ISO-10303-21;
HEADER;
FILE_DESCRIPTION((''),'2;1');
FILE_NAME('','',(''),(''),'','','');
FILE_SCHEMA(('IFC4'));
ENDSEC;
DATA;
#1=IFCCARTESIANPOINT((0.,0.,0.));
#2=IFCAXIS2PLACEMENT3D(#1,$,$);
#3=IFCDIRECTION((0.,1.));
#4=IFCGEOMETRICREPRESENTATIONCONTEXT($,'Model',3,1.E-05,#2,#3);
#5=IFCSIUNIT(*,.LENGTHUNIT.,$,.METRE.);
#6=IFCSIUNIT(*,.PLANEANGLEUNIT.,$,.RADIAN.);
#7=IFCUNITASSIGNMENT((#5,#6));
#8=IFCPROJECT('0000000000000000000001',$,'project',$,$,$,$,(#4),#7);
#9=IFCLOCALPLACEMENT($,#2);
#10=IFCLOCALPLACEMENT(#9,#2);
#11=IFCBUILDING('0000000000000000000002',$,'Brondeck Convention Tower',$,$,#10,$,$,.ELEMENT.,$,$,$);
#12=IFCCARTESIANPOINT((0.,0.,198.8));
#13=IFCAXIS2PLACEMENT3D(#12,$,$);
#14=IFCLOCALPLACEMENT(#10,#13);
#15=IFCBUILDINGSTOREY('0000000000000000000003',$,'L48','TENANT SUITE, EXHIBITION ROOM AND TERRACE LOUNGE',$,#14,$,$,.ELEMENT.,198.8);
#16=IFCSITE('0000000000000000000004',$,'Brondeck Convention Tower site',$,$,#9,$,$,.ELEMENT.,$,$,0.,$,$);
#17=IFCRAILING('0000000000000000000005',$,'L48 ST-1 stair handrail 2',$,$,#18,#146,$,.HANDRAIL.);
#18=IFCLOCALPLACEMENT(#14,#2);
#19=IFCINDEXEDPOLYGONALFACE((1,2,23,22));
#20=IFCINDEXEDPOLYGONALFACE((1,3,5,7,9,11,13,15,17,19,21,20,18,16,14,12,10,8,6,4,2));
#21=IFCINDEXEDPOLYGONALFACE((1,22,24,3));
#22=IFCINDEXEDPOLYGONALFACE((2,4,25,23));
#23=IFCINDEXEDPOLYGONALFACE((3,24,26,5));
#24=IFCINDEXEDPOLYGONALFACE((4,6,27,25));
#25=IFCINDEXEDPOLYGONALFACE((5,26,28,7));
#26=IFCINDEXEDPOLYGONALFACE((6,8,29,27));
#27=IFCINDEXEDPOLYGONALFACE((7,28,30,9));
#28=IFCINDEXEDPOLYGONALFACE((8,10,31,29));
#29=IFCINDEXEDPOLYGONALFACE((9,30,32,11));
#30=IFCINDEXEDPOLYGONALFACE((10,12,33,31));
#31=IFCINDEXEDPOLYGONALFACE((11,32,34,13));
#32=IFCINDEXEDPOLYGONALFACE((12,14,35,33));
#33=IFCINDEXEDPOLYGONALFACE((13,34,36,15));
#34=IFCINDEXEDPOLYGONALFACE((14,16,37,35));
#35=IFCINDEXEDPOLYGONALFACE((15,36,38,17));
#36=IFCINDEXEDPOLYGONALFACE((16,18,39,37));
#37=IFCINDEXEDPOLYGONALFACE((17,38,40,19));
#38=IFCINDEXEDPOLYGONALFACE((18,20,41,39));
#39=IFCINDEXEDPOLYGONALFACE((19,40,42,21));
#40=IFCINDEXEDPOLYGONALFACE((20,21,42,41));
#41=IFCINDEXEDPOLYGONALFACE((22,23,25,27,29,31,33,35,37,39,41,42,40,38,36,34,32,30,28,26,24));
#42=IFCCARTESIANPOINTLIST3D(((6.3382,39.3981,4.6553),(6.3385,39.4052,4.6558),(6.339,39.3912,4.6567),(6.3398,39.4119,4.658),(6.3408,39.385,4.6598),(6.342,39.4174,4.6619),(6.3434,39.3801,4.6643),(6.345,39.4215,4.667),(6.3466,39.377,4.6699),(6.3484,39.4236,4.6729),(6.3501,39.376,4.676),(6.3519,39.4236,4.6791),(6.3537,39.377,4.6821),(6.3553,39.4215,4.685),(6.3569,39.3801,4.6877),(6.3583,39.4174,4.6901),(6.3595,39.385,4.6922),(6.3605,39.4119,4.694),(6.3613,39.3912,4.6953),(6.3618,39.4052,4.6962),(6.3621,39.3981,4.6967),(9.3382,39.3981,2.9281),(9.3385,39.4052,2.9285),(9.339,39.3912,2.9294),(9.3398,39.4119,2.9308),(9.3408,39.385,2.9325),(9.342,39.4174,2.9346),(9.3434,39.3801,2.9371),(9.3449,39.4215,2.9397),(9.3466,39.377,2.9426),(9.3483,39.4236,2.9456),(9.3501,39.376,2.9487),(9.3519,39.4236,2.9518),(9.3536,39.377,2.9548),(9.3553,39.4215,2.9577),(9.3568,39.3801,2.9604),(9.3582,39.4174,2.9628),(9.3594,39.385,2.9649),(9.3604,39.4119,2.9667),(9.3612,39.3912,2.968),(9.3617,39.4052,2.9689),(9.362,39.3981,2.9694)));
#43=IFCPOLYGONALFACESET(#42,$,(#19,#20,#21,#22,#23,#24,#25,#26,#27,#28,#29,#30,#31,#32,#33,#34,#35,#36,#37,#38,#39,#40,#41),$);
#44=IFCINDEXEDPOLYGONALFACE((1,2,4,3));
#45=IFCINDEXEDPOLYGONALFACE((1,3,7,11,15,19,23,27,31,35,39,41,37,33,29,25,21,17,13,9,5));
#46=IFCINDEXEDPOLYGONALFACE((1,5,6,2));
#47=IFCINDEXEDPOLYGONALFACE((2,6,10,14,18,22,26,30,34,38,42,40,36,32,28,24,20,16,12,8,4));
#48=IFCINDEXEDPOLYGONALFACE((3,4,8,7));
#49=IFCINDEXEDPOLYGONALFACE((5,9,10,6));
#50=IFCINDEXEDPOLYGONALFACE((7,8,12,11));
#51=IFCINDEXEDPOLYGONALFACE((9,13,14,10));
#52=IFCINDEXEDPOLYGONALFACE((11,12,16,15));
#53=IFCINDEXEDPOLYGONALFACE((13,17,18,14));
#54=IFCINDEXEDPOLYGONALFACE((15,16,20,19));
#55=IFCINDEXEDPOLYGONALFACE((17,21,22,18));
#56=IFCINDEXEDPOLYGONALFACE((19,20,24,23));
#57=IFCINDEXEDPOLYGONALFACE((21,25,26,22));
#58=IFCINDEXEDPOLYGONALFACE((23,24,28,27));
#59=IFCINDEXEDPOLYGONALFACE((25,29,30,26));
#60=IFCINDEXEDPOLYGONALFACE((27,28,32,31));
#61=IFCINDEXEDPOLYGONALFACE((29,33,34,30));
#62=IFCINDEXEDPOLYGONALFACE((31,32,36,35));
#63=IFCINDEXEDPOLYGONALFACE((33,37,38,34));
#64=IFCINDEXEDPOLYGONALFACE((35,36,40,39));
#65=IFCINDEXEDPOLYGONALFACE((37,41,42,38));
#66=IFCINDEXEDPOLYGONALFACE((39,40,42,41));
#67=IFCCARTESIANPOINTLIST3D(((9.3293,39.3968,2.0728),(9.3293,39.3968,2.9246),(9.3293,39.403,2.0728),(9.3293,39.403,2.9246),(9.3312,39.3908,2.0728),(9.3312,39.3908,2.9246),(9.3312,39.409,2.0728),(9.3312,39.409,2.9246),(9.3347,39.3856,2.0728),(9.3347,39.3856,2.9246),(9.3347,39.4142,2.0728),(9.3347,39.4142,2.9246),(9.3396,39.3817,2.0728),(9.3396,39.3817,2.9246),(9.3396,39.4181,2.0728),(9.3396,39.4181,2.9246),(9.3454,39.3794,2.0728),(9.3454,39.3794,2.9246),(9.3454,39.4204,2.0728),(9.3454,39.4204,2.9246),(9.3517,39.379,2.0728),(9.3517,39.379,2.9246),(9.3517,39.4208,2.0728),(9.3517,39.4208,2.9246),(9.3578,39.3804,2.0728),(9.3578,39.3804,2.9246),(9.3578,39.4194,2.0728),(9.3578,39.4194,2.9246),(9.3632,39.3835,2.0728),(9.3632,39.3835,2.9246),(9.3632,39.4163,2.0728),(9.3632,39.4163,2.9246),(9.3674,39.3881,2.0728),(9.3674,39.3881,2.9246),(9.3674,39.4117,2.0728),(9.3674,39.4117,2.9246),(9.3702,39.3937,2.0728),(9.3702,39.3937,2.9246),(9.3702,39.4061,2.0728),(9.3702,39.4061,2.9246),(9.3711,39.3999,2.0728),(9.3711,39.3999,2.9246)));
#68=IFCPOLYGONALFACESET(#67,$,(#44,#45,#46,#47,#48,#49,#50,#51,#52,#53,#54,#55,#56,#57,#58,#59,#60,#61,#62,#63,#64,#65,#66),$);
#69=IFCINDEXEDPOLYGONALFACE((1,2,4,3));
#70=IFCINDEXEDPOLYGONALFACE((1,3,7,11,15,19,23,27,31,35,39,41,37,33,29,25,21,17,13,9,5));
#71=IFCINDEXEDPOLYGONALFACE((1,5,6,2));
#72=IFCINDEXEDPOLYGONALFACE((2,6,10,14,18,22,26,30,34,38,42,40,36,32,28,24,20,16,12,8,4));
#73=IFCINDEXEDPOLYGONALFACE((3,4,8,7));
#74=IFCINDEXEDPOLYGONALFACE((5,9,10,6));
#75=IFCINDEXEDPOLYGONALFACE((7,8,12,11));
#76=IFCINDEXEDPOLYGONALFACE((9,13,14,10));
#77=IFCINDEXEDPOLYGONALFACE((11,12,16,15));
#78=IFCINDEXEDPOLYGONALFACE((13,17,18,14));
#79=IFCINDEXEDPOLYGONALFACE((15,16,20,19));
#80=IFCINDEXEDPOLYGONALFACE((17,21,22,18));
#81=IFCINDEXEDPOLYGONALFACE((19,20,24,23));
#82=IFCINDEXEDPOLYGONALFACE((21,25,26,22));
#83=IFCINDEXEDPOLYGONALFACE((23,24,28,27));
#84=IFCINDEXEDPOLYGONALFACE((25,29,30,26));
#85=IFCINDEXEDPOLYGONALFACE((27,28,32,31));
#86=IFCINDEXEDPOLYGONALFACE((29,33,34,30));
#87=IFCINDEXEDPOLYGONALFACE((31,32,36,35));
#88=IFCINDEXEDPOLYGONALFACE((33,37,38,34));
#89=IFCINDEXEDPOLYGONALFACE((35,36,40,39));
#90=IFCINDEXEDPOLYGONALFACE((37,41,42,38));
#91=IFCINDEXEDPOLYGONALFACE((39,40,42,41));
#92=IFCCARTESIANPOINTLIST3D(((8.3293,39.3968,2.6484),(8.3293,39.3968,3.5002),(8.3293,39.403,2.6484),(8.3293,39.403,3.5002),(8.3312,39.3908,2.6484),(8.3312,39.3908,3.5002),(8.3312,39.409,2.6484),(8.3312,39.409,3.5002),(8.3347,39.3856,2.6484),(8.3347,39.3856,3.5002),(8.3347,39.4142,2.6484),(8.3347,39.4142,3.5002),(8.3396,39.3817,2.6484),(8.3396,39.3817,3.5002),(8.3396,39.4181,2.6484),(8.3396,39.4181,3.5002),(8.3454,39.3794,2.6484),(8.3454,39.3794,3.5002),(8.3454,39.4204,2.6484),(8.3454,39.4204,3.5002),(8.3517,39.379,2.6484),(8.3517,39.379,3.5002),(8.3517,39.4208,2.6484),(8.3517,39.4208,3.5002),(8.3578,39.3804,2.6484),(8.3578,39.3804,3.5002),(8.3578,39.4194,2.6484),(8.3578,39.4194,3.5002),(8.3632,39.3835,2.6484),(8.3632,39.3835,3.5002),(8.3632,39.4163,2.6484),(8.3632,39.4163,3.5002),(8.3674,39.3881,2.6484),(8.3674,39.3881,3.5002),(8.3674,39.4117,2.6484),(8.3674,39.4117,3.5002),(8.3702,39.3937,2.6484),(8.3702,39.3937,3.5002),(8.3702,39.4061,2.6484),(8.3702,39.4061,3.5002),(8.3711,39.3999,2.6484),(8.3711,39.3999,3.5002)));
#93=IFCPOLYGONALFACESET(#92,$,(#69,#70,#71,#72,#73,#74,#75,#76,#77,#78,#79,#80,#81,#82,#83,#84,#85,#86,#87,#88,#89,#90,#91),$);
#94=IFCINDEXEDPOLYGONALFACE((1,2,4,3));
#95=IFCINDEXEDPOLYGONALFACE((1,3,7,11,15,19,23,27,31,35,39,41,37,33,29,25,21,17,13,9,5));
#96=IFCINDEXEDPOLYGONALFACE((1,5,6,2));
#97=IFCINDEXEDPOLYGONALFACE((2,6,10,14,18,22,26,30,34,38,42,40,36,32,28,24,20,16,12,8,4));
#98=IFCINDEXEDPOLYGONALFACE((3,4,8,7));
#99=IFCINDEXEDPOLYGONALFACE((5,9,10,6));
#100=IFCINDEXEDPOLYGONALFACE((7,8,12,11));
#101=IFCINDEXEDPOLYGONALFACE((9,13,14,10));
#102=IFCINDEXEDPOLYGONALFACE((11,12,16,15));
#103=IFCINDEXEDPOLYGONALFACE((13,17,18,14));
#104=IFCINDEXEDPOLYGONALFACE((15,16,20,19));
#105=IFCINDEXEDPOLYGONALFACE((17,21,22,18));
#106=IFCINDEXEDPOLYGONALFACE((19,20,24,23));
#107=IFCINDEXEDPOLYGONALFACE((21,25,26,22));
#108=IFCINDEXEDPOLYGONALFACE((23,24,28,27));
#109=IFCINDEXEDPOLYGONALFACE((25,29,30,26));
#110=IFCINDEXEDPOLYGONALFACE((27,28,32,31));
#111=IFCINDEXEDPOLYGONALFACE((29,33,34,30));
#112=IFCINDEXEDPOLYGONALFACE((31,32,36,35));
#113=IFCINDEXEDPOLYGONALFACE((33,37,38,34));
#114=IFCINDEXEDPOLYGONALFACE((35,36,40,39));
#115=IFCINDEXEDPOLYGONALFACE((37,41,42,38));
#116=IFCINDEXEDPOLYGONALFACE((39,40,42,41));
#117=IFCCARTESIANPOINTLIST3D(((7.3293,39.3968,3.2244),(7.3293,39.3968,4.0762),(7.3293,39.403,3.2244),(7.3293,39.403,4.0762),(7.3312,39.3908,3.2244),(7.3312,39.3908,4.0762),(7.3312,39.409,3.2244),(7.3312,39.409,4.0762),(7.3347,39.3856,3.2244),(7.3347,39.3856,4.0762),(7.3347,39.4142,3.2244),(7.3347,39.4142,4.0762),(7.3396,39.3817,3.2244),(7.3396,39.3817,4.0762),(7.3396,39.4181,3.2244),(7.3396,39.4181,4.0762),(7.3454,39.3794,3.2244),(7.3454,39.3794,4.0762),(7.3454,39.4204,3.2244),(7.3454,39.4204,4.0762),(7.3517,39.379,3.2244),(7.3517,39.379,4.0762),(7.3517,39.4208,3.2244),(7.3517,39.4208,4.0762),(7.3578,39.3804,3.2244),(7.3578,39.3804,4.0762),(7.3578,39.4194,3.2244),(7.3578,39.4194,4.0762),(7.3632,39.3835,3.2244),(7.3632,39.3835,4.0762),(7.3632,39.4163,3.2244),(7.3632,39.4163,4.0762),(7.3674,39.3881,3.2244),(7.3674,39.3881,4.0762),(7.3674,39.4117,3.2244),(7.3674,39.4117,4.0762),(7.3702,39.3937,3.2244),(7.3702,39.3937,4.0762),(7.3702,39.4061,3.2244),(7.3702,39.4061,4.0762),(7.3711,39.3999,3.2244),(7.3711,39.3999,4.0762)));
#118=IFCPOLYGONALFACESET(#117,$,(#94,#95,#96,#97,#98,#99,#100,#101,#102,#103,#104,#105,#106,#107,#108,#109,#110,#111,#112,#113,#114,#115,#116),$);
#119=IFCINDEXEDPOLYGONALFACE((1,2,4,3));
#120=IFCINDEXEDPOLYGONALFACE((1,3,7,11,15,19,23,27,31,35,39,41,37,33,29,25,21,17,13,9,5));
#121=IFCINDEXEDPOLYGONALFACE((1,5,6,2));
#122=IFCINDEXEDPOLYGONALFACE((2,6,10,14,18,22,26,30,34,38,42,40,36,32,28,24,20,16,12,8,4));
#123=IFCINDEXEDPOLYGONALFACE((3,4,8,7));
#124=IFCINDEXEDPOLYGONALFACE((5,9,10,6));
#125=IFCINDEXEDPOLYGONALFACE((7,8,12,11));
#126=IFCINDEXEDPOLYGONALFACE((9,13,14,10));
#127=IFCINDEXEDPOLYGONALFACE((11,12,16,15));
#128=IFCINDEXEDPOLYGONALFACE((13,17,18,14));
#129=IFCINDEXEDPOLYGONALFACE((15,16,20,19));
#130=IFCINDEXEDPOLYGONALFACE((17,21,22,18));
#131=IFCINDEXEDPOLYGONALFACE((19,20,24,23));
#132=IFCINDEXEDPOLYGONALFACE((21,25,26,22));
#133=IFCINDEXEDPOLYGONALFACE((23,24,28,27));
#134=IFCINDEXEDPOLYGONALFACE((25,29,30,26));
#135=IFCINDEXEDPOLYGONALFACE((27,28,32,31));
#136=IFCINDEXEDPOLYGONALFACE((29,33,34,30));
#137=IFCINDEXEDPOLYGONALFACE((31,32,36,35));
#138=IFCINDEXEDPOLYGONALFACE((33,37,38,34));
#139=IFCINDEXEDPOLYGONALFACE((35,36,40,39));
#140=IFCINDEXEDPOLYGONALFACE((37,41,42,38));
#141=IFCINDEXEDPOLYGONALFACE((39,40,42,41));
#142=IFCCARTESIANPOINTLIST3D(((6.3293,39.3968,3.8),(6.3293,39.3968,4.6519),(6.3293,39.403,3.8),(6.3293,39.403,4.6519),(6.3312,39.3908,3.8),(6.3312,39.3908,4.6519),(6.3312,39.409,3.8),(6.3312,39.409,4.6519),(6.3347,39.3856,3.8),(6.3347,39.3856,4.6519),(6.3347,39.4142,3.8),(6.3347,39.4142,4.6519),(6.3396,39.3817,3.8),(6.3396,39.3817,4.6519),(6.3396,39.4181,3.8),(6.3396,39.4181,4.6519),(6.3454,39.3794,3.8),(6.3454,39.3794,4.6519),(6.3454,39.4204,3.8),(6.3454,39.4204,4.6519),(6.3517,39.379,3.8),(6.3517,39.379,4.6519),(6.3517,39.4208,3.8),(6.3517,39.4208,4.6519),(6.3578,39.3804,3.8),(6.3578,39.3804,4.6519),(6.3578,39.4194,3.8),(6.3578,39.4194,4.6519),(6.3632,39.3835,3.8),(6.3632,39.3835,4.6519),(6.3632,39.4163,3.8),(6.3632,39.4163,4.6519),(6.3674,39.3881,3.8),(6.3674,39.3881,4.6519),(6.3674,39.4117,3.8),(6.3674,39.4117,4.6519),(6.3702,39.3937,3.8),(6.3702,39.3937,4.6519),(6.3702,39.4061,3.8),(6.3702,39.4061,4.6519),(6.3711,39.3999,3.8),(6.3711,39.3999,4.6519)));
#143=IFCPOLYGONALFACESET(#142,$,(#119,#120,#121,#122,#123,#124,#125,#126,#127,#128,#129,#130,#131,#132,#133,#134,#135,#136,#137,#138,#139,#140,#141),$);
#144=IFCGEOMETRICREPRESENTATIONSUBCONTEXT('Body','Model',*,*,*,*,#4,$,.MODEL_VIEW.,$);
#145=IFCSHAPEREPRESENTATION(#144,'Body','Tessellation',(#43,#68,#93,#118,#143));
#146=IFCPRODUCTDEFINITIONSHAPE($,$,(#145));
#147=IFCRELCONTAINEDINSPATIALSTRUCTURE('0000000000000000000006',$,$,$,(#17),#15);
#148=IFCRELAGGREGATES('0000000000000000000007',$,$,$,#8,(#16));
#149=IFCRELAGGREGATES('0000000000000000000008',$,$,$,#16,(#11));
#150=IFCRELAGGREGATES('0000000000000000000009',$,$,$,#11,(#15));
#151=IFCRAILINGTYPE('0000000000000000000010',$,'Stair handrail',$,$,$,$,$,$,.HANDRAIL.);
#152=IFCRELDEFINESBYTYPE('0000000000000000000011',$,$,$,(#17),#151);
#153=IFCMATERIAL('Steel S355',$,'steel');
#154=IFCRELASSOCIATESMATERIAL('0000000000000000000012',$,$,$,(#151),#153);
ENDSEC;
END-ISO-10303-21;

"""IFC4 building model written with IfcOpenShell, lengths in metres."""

from ifc_helpers import new_model, si_unit, direction, frame, origin, origin_2d, place, context, subcontext, project, spatial, circle, extrude, material, type_object, element, save


model = new_model("IFC4")

# Units and contexts
model_context = context("Model", 3, precision=1e-05, world=origin(), true_north=direction((0.0, 1.0)))
body_context = subcontext(model_context, "Body", "Model", "MODEL_VIEW")
ifc_project = project(units=[si_unit("LENGTHUNIT", "METRE"), si_unit("PLANEANGLEUNIT", "RADIAN")], contexts=[model_context])

# Site, building, storey
site_placement = place(None, origin())
site = spatial("IfcSite", under=ifc_project, at=site_placement, Name="Brondeck Convention Tower site", CompositionType="ELEMENT", RefElevation=0.0)
building_placement = place(site_placement, origin())
building = spatial("IfcBuilding", under=site, at=building_placement, Name="Brondeck Convention Tower", CompositionType="ELEMENT")
storey_placement = place(building_placement, frame((0.0, 0.0, 198.8)))
storey = spatial("IfcBuildingStorey", under=building, at=storey_placement, Name="L48", Description="TENANT SUITE, EXHIBITION ROOM AND TERRACE LOUNGE", CompositionType="ELEMENT", Elevation=198.8)

# Railing
ifc_material_1 = material(Name="Steel S355", Category="steel")
railing_type_1 = type_object("IfcRailingType", Name="Stair handrail", PredefinedType="HANDRAIL", material=ifc_material_1)
railing_1_placement = place(storey_placement, frame((9.3501, 39.3999, 2.0728)))
element("IfcRailing", 1, at=railing_1_placement, inside=storey, type_object=railing_type_1, Name="L48 ST-1 stair handrail 2", PredefinedType="HANDRAIL", context=body_context, shape_type="SweptSolid", body=[
    extrude(circle(Radius=0.0239, at=origin_2d()), frame((0.0, 0.0, 0.876), z_axis=(-0.86662, 0.0, 0.498969), x_axis=(0.0, -1.0, 0.0)), (0.0, 0.0, 1.0), 3.4617),
    extrude(circle(Radius=0.021, at=origin_2d()), origin(), (0.0, 0.0, 1.0), 0.8518),
    extrude(circle(Radius=0.021, at=origin_2d()), frame((-1.0, 0.0, 0.5757)), (0.0, 0.0, 1.0), 0.8518),
    extrude(circle(Radius=0.021, at=origin_2d()), frame((-2.0, 0.0, 1.1516)), (0.0, 0.0, 1.0), 0.8518),
    extrude(circle(Radius=0.021, at=origin_2d()), frame((-3.0, 0.0, 1.7273)), (0.0, 0.0, 1.0), 0.8518),
])

save(model, "model.ifc")
